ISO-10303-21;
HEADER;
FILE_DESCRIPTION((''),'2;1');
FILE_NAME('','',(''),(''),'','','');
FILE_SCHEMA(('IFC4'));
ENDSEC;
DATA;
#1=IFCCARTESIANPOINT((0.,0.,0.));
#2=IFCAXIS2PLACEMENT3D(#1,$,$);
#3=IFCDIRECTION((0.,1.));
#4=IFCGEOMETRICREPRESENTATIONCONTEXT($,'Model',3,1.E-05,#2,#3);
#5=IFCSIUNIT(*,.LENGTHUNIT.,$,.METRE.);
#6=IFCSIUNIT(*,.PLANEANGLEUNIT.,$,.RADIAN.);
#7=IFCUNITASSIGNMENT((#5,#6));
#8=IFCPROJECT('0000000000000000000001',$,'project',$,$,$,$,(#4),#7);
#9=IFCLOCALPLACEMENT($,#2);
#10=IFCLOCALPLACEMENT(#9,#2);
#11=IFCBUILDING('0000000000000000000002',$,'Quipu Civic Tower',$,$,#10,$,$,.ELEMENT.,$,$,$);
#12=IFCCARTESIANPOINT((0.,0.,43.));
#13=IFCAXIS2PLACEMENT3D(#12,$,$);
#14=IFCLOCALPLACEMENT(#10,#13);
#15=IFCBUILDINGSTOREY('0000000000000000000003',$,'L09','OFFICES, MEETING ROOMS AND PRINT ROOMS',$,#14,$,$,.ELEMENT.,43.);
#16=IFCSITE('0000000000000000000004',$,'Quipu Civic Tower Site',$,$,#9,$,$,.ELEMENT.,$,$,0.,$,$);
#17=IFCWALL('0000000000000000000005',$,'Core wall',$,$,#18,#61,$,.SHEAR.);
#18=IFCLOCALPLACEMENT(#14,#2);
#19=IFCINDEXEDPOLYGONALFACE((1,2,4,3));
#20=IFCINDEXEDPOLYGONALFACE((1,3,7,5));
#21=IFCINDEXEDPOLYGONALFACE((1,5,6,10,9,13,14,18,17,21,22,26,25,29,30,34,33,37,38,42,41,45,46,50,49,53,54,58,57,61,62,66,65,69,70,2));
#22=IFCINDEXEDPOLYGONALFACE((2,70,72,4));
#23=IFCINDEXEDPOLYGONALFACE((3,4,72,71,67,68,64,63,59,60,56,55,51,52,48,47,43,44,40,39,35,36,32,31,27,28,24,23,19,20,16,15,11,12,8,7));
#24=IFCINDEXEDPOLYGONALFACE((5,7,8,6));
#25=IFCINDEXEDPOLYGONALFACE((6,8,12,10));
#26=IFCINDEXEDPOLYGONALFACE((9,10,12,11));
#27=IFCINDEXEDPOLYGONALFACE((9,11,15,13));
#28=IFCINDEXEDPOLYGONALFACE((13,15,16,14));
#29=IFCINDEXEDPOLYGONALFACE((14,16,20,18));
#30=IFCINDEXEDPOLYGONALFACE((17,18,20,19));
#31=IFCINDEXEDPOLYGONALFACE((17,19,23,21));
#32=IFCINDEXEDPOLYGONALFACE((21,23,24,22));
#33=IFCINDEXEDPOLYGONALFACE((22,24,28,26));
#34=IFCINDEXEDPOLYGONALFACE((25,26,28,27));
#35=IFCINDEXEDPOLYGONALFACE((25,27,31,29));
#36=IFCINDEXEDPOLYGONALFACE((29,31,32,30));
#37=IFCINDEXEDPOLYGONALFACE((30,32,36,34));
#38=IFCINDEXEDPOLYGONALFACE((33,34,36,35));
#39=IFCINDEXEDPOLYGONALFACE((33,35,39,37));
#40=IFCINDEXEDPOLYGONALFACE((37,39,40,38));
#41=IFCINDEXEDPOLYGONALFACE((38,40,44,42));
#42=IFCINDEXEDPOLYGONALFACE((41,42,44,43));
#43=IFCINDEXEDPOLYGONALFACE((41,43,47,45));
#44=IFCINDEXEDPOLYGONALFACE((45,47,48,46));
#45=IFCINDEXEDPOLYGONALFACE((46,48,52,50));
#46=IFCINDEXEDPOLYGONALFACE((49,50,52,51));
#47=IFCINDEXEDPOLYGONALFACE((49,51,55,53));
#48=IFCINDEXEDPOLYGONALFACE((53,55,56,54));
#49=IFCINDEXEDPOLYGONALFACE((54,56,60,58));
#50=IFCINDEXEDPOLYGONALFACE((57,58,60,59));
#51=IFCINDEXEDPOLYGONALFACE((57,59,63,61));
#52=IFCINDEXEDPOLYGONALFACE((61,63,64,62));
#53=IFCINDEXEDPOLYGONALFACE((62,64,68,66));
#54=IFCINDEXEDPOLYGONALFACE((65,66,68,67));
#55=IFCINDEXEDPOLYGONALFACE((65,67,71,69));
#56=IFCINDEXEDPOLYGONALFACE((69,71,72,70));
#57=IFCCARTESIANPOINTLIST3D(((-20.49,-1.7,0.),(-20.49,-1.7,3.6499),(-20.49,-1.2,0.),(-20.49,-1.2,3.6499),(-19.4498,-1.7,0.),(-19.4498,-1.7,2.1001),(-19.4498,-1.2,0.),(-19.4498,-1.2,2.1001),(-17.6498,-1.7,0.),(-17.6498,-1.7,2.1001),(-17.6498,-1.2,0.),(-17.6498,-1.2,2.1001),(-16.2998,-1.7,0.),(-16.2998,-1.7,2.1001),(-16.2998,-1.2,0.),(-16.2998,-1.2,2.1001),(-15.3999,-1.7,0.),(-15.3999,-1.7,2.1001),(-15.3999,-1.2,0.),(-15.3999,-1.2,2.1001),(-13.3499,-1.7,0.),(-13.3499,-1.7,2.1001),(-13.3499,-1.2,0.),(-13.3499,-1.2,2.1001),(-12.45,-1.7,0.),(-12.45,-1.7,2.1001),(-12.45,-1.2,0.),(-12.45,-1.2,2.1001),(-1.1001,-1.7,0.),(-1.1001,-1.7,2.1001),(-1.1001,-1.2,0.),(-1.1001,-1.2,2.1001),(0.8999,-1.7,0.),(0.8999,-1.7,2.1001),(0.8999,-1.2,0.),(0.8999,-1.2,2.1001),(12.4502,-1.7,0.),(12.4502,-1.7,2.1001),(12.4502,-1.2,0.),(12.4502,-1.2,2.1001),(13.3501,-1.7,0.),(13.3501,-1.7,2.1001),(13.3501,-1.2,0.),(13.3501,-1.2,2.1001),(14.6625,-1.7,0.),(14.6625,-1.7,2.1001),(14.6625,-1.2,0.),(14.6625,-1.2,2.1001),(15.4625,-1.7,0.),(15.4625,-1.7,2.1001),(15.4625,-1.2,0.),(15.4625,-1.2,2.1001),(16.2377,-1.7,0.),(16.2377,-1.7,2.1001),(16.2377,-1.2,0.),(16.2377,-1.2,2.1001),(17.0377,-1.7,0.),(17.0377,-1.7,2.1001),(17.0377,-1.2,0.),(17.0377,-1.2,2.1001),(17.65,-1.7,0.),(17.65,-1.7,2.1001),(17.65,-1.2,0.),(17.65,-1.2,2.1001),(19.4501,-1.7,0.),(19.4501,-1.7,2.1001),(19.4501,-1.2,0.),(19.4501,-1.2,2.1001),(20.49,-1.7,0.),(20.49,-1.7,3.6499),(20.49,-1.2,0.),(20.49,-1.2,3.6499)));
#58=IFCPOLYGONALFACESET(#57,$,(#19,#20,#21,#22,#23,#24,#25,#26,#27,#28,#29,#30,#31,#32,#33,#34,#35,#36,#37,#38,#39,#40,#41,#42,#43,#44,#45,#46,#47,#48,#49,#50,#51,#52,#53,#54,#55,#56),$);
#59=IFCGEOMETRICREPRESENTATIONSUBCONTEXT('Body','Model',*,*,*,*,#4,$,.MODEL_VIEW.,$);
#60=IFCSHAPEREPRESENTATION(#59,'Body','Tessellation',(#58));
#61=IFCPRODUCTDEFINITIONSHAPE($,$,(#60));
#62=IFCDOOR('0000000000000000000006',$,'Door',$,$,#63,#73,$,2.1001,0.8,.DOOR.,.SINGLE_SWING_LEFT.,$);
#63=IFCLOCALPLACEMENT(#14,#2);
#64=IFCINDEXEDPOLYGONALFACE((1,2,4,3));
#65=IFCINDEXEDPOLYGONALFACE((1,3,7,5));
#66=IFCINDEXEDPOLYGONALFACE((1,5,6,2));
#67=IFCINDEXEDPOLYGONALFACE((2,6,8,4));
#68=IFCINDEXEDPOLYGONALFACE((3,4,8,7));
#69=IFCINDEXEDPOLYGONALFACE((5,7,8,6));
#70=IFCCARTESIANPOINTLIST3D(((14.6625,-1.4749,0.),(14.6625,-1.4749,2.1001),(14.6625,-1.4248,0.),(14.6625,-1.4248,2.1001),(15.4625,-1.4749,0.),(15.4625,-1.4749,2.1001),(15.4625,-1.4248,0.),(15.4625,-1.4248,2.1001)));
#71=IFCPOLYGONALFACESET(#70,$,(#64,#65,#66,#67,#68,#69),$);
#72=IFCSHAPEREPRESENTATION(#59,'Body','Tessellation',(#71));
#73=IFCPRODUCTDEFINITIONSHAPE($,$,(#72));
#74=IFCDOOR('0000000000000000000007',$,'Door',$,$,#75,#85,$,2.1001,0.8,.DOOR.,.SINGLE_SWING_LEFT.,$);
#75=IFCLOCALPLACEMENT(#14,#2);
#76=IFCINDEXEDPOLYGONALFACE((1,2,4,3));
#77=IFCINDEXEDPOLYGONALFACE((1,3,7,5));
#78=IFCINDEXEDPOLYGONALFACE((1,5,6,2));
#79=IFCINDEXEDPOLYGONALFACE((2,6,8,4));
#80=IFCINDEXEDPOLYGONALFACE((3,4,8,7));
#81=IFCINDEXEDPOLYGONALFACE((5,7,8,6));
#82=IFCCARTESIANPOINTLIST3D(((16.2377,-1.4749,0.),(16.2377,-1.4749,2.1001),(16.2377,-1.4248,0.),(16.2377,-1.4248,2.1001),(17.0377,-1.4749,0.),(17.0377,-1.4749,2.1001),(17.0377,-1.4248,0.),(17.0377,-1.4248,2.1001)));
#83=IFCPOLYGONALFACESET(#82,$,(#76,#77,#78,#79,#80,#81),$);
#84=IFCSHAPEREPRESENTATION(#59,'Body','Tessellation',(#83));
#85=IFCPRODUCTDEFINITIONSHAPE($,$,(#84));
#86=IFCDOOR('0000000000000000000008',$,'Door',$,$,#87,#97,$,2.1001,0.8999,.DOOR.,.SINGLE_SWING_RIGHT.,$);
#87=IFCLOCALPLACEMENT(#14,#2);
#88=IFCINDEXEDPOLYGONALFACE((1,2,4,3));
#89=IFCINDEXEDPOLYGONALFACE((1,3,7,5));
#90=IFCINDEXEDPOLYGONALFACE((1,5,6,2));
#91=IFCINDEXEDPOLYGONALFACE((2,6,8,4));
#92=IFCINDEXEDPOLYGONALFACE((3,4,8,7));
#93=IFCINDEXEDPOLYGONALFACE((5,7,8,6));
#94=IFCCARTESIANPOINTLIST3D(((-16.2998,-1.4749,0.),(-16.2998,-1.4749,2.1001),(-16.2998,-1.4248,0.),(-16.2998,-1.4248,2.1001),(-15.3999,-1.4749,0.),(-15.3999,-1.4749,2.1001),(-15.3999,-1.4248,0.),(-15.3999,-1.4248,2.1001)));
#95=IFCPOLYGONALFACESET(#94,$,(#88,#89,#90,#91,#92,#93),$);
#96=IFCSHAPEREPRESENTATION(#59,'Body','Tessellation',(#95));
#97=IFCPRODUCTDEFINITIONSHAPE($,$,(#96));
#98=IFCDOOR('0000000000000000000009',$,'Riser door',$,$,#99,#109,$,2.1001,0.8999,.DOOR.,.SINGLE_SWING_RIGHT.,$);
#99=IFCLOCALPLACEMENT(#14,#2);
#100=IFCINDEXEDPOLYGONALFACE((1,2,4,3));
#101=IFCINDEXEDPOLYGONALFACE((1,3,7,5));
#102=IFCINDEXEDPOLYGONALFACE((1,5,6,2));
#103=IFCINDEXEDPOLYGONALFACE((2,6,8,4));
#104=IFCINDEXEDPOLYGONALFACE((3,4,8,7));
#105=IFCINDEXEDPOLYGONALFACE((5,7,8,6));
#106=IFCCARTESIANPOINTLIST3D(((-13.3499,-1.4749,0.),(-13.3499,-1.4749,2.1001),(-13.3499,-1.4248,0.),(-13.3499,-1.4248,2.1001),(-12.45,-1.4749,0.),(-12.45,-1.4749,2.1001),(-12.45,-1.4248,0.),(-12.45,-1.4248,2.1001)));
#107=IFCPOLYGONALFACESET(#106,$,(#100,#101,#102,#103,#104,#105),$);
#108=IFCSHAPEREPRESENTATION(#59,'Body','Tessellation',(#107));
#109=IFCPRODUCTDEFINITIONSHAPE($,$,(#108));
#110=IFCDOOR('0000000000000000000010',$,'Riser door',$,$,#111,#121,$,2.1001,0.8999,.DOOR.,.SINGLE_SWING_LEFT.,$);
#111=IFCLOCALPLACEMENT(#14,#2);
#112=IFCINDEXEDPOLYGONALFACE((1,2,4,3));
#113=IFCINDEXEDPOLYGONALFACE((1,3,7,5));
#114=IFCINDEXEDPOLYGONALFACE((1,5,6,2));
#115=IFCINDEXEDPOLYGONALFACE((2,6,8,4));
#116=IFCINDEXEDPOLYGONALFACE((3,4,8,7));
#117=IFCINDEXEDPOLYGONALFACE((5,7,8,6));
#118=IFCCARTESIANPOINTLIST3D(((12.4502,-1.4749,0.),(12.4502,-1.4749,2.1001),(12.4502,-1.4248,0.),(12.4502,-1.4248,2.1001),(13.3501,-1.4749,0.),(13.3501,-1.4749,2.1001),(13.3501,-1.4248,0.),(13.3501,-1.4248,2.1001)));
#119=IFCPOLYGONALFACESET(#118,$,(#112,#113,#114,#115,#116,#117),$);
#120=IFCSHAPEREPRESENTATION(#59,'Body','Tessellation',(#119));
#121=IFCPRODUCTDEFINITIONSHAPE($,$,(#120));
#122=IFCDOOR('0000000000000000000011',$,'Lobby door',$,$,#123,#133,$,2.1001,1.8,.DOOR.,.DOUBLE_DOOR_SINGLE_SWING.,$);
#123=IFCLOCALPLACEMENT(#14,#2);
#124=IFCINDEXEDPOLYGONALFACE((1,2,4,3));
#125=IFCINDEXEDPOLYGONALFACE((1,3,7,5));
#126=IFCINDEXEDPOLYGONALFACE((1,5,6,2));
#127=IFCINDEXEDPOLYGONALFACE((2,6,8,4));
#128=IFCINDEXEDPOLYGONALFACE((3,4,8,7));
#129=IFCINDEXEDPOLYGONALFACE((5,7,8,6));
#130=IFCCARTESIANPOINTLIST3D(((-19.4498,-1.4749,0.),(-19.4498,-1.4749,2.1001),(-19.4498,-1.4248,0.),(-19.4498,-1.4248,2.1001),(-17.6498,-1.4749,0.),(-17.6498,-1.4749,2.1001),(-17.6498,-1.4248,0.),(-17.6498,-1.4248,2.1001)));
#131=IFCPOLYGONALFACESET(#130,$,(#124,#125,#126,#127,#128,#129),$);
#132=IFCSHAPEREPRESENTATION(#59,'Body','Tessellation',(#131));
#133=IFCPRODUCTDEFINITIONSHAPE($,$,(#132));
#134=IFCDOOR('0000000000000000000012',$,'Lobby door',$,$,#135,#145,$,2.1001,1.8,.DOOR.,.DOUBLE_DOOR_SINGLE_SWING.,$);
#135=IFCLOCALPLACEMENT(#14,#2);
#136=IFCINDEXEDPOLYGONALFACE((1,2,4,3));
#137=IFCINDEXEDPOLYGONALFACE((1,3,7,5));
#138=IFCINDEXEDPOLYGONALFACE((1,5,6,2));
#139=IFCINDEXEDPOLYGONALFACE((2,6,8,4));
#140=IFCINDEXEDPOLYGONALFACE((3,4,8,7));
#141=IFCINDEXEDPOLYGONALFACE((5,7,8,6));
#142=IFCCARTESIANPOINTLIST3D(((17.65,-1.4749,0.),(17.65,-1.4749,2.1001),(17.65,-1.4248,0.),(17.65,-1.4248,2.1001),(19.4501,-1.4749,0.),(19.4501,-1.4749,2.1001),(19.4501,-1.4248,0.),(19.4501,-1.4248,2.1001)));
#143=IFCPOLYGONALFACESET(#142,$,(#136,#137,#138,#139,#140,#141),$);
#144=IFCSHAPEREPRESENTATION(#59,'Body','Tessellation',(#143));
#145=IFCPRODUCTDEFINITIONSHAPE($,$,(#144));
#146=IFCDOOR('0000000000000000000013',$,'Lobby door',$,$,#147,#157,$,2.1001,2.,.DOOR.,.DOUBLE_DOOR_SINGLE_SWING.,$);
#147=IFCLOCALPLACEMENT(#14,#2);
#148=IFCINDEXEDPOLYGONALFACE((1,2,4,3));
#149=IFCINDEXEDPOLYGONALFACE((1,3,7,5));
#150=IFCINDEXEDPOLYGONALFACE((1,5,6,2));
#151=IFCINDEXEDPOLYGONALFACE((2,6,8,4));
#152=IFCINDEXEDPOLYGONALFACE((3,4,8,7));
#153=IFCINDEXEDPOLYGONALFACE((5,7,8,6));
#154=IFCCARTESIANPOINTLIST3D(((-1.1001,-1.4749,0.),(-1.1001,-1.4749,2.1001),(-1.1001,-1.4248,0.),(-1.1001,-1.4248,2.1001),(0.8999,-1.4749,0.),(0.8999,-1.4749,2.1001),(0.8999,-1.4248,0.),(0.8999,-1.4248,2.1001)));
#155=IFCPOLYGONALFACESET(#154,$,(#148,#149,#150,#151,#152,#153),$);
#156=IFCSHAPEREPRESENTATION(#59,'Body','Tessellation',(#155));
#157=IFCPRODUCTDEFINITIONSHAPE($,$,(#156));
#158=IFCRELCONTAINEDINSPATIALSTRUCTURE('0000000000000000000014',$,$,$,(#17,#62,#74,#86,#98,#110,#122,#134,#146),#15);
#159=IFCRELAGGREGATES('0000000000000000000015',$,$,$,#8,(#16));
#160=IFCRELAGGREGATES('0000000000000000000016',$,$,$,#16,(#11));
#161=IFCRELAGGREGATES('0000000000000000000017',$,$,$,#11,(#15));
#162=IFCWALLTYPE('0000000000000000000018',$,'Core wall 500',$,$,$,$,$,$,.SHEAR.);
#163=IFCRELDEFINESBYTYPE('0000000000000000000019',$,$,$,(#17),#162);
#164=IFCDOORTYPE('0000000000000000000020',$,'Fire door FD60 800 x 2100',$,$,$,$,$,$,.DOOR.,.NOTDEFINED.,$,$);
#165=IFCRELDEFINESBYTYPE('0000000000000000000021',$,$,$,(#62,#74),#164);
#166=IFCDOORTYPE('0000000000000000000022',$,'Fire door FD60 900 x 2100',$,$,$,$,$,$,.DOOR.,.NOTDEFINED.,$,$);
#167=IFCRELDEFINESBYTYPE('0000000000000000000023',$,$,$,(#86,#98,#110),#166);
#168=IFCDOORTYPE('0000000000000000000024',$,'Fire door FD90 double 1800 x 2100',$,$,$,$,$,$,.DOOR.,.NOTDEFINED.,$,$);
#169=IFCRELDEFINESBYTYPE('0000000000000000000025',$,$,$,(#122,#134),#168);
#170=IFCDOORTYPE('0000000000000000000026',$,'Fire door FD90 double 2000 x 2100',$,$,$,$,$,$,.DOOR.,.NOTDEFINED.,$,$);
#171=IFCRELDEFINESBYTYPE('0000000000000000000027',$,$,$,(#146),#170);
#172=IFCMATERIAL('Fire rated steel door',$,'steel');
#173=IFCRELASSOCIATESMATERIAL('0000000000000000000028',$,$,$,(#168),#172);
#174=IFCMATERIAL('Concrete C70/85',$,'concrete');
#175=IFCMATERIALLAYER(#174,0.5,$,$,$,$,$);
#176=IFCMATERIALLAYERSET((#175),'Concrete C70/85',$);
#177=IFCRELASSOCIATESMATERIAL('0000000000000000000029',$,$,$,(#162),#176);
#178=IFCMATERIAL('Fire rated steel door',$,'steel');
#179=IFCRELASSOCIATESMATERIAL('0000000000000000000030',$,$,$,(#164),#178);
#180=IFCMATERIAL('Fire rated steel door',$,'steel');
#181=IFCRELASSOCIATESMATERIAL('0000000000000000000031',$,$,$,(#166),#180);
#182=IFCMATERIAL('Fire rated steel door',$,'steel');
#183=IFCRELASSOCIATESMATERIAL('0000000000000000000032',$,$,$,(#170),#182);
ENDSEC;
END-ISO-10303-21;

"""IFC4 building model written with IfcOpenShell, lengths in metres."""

from ifc_helpers import new_model, si_unit, direction, frame, frame_2d, origin, place, context, subcontext, project, spatial, rectangle, extrude, material, layer, layer_set, type_object, element, fill, save


model = new_model("IFC4")

# Units and contexts
model_context = context("Model", 3, precision=1e-05, world=origin(), true_north=direction((0.0, 1.0)))
body_context = subcontext(model_context, "Body", "Model", "MODEL_VIEW")
ifc_project = project(units=[si_unit("LENGTHUNIT", "METRE"), si_unit("PLANEANGLEUNIT", "RADIAN")], contexts=[model_context])

# Site, building, storey
site_placement = place(None, origin())
site = spatial("IfcSite", under=ifc_project, at=site_placement, Name="Quipu Civic Tower Site", CompositionType="ELEMENT", RefElevation=0.0)
building_placement = place(site_placement, origin())
building = spatial("IfcBuilding", under=site, at=building_placement, Name="Quipu Civic Tower", CompositionType="ELEMENT")
storey_placement = place(building_placement, frame((0.0, 0.0, 43.0)))
storey = spatial("IfcBuildingStorey", under=building, at=storey_placement, Name="L09", Description="OFFICES, MEETING ROOMS AND PRINT ROOMS", CompositionType="ELEMENT", Elevation=43.0)

# Shared definitions
ifc_material_1 = material(Name="Fire rated steel door", Category="steel")
door_type_1 = type_object("IfcDoorType", Name="Fire door FD90 double 1800 x 2100", OperationType="NOTDEFINED", PredefinedType="DOOR", material=ifc_material_1)

# Wall, openings, doors
ifc_material_2 = material(Name="Concrete C70/85", Category="concrete")
ifc_layer_1 = layer(ifc_material_2, 0.5)
ifc_layer_set_1 = layer_set([ifc_layer_1], Name="Concrete C70/85")
wall_type_1 = type_object("IfcWallType", Name="Core wall 500", PredefinedType="SHEAR", material=ifc_layer_set_1)
wall_1_placement = place(storey_placement, frame((20.49, -1.45, 0.0), z_axis=(0.0, 0.0, 1.0), x_axis=(-1.0, 0.0, 0.0)))
wall_1 = element("IfcWall", 1, at=wall_1_placement, inside=storey, type_object=wall_type_1, Name="Core wall", PredefinedType="SHEAR", context=body_context, shape_type="SweptSolid", body=[
    extrude(rectangle(XDim=40.98, YDim=0.5, at=frame_2d((20.49, 0.0))), origin(), (0.0, 0.0, 1.0), 3.6499),
])
opening_1_placement = place(wall_1_placement, frame((38.1399, 0.0, 0.0)))
opening_1 = element("IfcOpeningElement", 2, at=opening_1_placement, cuts=wall_1, PredefinedType="OPENING", context=body_context, shape_type="SweptSolid", body=[
    extrude(rectangle(XDim=1.8, YDim=2.1001, at=frame_2d((0.8999, 1.05))), frame((0.0, 0.26, 0.0), z_axis=(0.0, -1.0, 0.0), x_axis=(1.0, 0.0, 0.0)), (0.0, 0.0, 1.0), 0.52),
])
opening_2_placement = place(wall_1_placement, frame((35.8899, 0.0, 0.0)))
opening_2 = element("IfcOpeningElement", 3, at=opening_2_placement, cuts=wall_1, PredefinedType="OPENING", context=body_context, shape_type="SweptSolid", body=[
    extrude(rectangle(XDim=0.8999, YDim=2.1001, at=frame_2d((0.45, 1.05))), frame((0.0, 0.26, 0.0), z_axis=(0.0, -1.0, 0.0), x_axis=(1.0, 0.0, 0.0)), (0.0, 0.0, 1.0), 0.52),
])
opening_3_placement = place(wall_1_placement, frame((32.9399, 0.0, 0.0)))
opening_3 = element("IfcOpeningElement", 4, at=opening_3_placement, cuts=wall_1, PredefinedType="OPENING", context=body_context, shape_type="SweptSolid", body=[
    extrude(rectangle(XDim=0.8999, YDim=2.1001, at=frame_2d((0.45, 1.05))), frame((0.0, 0.26, 0.0), z_axis=(0.0, -1.0, 0.0), x_axis=(1.0, 0.0, 0.0)), (0.0, 0.0, 1.0), 0.52),
])
opening_4_placement = place(wall_1_placement, frame((19.5901, 0.0, 0.0)))
opening_4 = element("IfcOpeningElement", 5, at=opening_4_placement, cuts=wall_1, PredefinedType="OPENING", context=body_context, shape_type="SweptSolid", body=[
    extrude(rectangle(XDim=2.0, YDim=2.1001, at=frame_2d((1.0, 1.05))), frame((0.0, 0.26, 0.0), z_axis=(0.0, -1.0, 0.0), x_axis=(1.0, 0.0, 0.0)), (0.0, 0.0, 1.0), 0.52),
])
opening_5_placement = place(wall_1_placement, frame((7.1399, 0.0, 0.0)))
opening_5 = element("IfcOpeningElement", 6, at=opening_5_placement, cuts=wall_1, PredefinedType="OPENING", context=body_context, shape_type="SweptSolid", body=[
    extrude(rectangle(XDim=0.8999, YDim=2.1001, at=frame_2d((0.45, 1.05))), frame((0.0, 0.26, 0.0), z_axis=(0.0, -1.0, 0.0), x_axis=(1.0, 0.0, 0.0)), (0.0, 0.0, 1.0), 0.52),
])
opening_6_placement = place(wall_1_placement, frame((5.0276, 0.0, 0.0)))
opening_6 = element("IfcOpeningElement", 7, at=opening_6_placement, cuts=wall_1, PredefinedType="OPENING", context=body_context, shape_type="SweptSolid", body=[
    extrude(rectangle(XDim=0.8, YDim=2.1001, at=frame_2d((0.3999, 1.05))), frame((0.0, 0.26, 0.0), z_axis=(0.0, -1.0, 0.0), x_axis=(1.0, 0.0, 0.0)), (0.0, 0.0, 1.0), 0.52),
])
opening_7_placement = place(wall_1_placement, frame((3.4524, 0.0, 0.0)))
opening_7 = element("IfcOpeningElement", 8, at=opening_7_placement, cuts=wall_1, PredefinedType="OPENING", context=body_context, shape_type="SweptSolid", body=[
    extrude(rectangle(XDim=0.8, YDim=2.1001, at=frame_2d((0.3999, 1.05))), frame((0.0, 0.26, 0.0), z_axis=(0.0, -1.0, 0.0), x_axis=(1.0, 0.0, 0.0)), (0.0, 0.0, 1.0), 0.52),
])
opening_8_placement = place(wall_1_placement, frame((1.04, 0.0, 0.0)))
opening_8 = element("IfcOpeningElement", 9, at=opening_8_placement, cuts=wall_1, PredefinedType="OPENING", context=body_context, shape_type="SweptSolid", body=[
    extrude(rectangle(XDim=1.8, YDim=2.1001, at=frame_2d((0.8999, 1.05))), frame((0.0, 0.26, 0.0), z_axis=(0.0, -1.0, 0.0), x_axis=(1.0, 0.0, 0.0)), (0.0, 0.0, 1.0), 0.52),
])
ifc_material_3 = material(Name="Fire rated steel door", Category="steel")
door_type_2 = type_object("IfcDoorType", Name="Fire door FD60 800 x 2100", OperationType="NOTDEFINED", PredefinedType="DOOR", material=ifc_material_3)
door_1_placement = place(opening_6_placement, origin())
door_1 = element("IfcDoor", 10, at=door_1_placement, inside=storey, type_object=door_type_2, Name="Door", OperationType="SINGLE_SWING_LEFT", OverallHeight=2.1001, OverallWidth=0.8, PredefinedType="DOOR", context=body_context, shape_type="SweptSolid", body=[
    extrude(rectangle(XDim=0.8, YDim=2.1001, at=frame_2d((0.3999, 1.05))), frame((0.0, 0.0249, 0.0), z_axis=(0.0, -1.0, 0.0), x_axis=(1.0, 0.0, 0.0)), (0.0, 0.0, 1.0), 0.05),
])
fill(opening_6, door_1)
door_2_placement = place(opening_7_placement, origin())
door_2 = element("IfcDoor", 11, at=door_2_placement, inside=storey, type_object=door_type_2, Name="Door", OperationType="SINGLE_SWING_LEFT", OverallHeight=2.1001, OverallWidth=0.8, PredefinedType="DOOR", context=body_context, shape_type="SweptSolid", body=[
    extrude(rectangle(XDim=0.8, YDim=2.1001, at=frame_2d((0.3999, 1.05))), frame((0.0, 0.0249, 0.0), z_axis=(0.0, -1.0, 0.0), x_axis=(1.0, 0.0, 0.0)), (0.0, 0.0, 1.0), 0.05),
])
fill(opening_7, door_2)
ifc_material_4 = material(Name="Fire rated steel door", Category="steel")
door_type_3 = type_object("IfcDoorType", Name="Fire door FD60 900 x 2100", OperationType="NOTDEFINED", PredefinedType="DOOR", material=ifc_material_4)
door_3_placement = place(opening_2_placement, origin())
door_3 = element("IfcDoor", 12, at=door_3_placement, inside=storey, type_object=door_type_3, Name="Door", OperationType="SINGLE_SWING_RIGHT", OverallHeight=2.1001, OverallWidth=0.8999, PredefinedType="DOOR", context=body_context, shape_type="SweptSolid", body=[
    extrude(rectangle(XDim=0.8999, YDim=2.1001, at=frame_2d((0.45, 1.05))), frame((0.0, 0.0249, 0.0), z_axis=(0.0, -1.0, 0.0), x_axis=(1.0, 0.0, 0.0)), (0.0, 0.0, 1.0), 0.05),
])
fill(opening_2, door_3)
door_4_placement = place(opening_3_placement, origin())
door_4 = element("IfcDoor", 13, at=door_4_placement, inside=storey, type_object=door_type_3, Name="Riser door", OperationType="SINGLE_SWING_RIGHT", OverallHeight=2.1001, OverallWidth=0.8999, PredefinedType="DOOR", context=body_context, shape_type="SweptSolid", body=[
    extrude(rectangle(XDim=0.8999, YDim=2.1001, at=frame_2d((0.45, 1.05))), frame((0.0, 0.0249, 0.0), z_axis=(0.0, -1.0, 0.0), x_axis=(1.0, 0.0, 0.0)), (0.0, 0.0, 1.0), 0.05),
])
fill(opening_3, door_4)
door_5_placement = place(opening_5_placement, origin())
door_5 = element("IfcDoor", 14, at=door_5_placement, inside=storey, type_object=door_type_3, Name="Riser door", OperationType="SINGLE_SWING_LEFT", OverallHeight=2.1001, OverallWidth=0.8999, PredefinedType="DOOR", context=body_context, shape_type="SweptSolid", body=[
    extrude(rectangle(XDim=0.8999, YDim=2.1001, at=frame_2d((0.45, 1.05))), frame((0.0, 0.0249, 0.0), z_axis=(0.0, -1.0, 0.0), x_axis=(1.0, 0.0, 0.0)), (0.0, 0.0, 1.0), 0.05),
])
fill(opening_5, door_5)
door_6_placement = place(opening_1_placement, origin())
door_6 = element("IfcDoor", 15, at=door_6_placement, inside=storey, type_object=door_type_1, Name="Lobby door", OperationType="DOUBLE_DOOR_SINGLE_SWING", OverallHeight=2.1001, OverallWidth=1.8, PredefinedType="DOOR", context=body_context, shape_type="SweptSolid", body=[
    extrude(rectangle(XDim=1.8, YDim=2.1001, at=frame_2d((0.8999, 1.05))), frame((0.0, 0.0249, 0.0), z_axis=(0.0, -1.0, 0.0), x_axis=(1.0, 0.0, 0.0)), (0.0, 0.0, 1.0), 0.05),
])
fill(opening_1, door_6)
door_7_placement = place(opening_8_placement, origin())
door_7 = element("IfcDoor", 16, at=door_7_placement, inside=storey, type_object=door_type_1, Name="Lobby door", OperationType="DOUBLE_DOOR_SINGLE_SWING", OverallHeight=2.1001, OverallWidth=1.8, PredefinedType="DOOR", context=body_context, shape_type="SweptSolid", body=[
    extrude(rectangle(XDim=1.8, YDim=2.1001, at=frame_2d((0.8999, 1.05))), frame((0.0, 0.0249, 0.0), z_axis=(0.0, -1.0, 0.0), x_axis=(1.0, 0.0, 0.0)), (0.0, 0.0, 1.0), 0.05),
])
fill(opening_8, door_7)
ifc_material_5 = material(Name="Fire rated steel door", Category="steel")
door_type_4 = type_object("IfcDoorType", Name="Fire door FD90 double 2000 x 2100", OperationType="NOTDEFINED", PredefinedType="DOOR", material=ifc_material_5)
door_8_placement = place(opening_4_placement, origin())
door_8 = element("IfcDoor", 17, at=door_8_placement, inside=storey, type_object=door_type_4, Name="Lobby door", OperationType="DOUBLE_DOOR_SINGLE_SWING", OverallHeight=2.1001, OverallWidth=2.0, PredefinedType="DOOR", context=body_context, shape_type="SweptSolid", body=[
    extrude(rectangle(XDim=2.0, YDim=2.1001, at=frame_2d((1.0, 1.05))), frame((0.0, 0.0249, 0.0), z_axis=(0.0, -1.0, 0.0), x_axis=(1.0, 0.0, 0.0)), (0.0, 0.0, 1.0), 0.05),
])
fill(opening_4, door_8)

save(model, "model.ifc")
